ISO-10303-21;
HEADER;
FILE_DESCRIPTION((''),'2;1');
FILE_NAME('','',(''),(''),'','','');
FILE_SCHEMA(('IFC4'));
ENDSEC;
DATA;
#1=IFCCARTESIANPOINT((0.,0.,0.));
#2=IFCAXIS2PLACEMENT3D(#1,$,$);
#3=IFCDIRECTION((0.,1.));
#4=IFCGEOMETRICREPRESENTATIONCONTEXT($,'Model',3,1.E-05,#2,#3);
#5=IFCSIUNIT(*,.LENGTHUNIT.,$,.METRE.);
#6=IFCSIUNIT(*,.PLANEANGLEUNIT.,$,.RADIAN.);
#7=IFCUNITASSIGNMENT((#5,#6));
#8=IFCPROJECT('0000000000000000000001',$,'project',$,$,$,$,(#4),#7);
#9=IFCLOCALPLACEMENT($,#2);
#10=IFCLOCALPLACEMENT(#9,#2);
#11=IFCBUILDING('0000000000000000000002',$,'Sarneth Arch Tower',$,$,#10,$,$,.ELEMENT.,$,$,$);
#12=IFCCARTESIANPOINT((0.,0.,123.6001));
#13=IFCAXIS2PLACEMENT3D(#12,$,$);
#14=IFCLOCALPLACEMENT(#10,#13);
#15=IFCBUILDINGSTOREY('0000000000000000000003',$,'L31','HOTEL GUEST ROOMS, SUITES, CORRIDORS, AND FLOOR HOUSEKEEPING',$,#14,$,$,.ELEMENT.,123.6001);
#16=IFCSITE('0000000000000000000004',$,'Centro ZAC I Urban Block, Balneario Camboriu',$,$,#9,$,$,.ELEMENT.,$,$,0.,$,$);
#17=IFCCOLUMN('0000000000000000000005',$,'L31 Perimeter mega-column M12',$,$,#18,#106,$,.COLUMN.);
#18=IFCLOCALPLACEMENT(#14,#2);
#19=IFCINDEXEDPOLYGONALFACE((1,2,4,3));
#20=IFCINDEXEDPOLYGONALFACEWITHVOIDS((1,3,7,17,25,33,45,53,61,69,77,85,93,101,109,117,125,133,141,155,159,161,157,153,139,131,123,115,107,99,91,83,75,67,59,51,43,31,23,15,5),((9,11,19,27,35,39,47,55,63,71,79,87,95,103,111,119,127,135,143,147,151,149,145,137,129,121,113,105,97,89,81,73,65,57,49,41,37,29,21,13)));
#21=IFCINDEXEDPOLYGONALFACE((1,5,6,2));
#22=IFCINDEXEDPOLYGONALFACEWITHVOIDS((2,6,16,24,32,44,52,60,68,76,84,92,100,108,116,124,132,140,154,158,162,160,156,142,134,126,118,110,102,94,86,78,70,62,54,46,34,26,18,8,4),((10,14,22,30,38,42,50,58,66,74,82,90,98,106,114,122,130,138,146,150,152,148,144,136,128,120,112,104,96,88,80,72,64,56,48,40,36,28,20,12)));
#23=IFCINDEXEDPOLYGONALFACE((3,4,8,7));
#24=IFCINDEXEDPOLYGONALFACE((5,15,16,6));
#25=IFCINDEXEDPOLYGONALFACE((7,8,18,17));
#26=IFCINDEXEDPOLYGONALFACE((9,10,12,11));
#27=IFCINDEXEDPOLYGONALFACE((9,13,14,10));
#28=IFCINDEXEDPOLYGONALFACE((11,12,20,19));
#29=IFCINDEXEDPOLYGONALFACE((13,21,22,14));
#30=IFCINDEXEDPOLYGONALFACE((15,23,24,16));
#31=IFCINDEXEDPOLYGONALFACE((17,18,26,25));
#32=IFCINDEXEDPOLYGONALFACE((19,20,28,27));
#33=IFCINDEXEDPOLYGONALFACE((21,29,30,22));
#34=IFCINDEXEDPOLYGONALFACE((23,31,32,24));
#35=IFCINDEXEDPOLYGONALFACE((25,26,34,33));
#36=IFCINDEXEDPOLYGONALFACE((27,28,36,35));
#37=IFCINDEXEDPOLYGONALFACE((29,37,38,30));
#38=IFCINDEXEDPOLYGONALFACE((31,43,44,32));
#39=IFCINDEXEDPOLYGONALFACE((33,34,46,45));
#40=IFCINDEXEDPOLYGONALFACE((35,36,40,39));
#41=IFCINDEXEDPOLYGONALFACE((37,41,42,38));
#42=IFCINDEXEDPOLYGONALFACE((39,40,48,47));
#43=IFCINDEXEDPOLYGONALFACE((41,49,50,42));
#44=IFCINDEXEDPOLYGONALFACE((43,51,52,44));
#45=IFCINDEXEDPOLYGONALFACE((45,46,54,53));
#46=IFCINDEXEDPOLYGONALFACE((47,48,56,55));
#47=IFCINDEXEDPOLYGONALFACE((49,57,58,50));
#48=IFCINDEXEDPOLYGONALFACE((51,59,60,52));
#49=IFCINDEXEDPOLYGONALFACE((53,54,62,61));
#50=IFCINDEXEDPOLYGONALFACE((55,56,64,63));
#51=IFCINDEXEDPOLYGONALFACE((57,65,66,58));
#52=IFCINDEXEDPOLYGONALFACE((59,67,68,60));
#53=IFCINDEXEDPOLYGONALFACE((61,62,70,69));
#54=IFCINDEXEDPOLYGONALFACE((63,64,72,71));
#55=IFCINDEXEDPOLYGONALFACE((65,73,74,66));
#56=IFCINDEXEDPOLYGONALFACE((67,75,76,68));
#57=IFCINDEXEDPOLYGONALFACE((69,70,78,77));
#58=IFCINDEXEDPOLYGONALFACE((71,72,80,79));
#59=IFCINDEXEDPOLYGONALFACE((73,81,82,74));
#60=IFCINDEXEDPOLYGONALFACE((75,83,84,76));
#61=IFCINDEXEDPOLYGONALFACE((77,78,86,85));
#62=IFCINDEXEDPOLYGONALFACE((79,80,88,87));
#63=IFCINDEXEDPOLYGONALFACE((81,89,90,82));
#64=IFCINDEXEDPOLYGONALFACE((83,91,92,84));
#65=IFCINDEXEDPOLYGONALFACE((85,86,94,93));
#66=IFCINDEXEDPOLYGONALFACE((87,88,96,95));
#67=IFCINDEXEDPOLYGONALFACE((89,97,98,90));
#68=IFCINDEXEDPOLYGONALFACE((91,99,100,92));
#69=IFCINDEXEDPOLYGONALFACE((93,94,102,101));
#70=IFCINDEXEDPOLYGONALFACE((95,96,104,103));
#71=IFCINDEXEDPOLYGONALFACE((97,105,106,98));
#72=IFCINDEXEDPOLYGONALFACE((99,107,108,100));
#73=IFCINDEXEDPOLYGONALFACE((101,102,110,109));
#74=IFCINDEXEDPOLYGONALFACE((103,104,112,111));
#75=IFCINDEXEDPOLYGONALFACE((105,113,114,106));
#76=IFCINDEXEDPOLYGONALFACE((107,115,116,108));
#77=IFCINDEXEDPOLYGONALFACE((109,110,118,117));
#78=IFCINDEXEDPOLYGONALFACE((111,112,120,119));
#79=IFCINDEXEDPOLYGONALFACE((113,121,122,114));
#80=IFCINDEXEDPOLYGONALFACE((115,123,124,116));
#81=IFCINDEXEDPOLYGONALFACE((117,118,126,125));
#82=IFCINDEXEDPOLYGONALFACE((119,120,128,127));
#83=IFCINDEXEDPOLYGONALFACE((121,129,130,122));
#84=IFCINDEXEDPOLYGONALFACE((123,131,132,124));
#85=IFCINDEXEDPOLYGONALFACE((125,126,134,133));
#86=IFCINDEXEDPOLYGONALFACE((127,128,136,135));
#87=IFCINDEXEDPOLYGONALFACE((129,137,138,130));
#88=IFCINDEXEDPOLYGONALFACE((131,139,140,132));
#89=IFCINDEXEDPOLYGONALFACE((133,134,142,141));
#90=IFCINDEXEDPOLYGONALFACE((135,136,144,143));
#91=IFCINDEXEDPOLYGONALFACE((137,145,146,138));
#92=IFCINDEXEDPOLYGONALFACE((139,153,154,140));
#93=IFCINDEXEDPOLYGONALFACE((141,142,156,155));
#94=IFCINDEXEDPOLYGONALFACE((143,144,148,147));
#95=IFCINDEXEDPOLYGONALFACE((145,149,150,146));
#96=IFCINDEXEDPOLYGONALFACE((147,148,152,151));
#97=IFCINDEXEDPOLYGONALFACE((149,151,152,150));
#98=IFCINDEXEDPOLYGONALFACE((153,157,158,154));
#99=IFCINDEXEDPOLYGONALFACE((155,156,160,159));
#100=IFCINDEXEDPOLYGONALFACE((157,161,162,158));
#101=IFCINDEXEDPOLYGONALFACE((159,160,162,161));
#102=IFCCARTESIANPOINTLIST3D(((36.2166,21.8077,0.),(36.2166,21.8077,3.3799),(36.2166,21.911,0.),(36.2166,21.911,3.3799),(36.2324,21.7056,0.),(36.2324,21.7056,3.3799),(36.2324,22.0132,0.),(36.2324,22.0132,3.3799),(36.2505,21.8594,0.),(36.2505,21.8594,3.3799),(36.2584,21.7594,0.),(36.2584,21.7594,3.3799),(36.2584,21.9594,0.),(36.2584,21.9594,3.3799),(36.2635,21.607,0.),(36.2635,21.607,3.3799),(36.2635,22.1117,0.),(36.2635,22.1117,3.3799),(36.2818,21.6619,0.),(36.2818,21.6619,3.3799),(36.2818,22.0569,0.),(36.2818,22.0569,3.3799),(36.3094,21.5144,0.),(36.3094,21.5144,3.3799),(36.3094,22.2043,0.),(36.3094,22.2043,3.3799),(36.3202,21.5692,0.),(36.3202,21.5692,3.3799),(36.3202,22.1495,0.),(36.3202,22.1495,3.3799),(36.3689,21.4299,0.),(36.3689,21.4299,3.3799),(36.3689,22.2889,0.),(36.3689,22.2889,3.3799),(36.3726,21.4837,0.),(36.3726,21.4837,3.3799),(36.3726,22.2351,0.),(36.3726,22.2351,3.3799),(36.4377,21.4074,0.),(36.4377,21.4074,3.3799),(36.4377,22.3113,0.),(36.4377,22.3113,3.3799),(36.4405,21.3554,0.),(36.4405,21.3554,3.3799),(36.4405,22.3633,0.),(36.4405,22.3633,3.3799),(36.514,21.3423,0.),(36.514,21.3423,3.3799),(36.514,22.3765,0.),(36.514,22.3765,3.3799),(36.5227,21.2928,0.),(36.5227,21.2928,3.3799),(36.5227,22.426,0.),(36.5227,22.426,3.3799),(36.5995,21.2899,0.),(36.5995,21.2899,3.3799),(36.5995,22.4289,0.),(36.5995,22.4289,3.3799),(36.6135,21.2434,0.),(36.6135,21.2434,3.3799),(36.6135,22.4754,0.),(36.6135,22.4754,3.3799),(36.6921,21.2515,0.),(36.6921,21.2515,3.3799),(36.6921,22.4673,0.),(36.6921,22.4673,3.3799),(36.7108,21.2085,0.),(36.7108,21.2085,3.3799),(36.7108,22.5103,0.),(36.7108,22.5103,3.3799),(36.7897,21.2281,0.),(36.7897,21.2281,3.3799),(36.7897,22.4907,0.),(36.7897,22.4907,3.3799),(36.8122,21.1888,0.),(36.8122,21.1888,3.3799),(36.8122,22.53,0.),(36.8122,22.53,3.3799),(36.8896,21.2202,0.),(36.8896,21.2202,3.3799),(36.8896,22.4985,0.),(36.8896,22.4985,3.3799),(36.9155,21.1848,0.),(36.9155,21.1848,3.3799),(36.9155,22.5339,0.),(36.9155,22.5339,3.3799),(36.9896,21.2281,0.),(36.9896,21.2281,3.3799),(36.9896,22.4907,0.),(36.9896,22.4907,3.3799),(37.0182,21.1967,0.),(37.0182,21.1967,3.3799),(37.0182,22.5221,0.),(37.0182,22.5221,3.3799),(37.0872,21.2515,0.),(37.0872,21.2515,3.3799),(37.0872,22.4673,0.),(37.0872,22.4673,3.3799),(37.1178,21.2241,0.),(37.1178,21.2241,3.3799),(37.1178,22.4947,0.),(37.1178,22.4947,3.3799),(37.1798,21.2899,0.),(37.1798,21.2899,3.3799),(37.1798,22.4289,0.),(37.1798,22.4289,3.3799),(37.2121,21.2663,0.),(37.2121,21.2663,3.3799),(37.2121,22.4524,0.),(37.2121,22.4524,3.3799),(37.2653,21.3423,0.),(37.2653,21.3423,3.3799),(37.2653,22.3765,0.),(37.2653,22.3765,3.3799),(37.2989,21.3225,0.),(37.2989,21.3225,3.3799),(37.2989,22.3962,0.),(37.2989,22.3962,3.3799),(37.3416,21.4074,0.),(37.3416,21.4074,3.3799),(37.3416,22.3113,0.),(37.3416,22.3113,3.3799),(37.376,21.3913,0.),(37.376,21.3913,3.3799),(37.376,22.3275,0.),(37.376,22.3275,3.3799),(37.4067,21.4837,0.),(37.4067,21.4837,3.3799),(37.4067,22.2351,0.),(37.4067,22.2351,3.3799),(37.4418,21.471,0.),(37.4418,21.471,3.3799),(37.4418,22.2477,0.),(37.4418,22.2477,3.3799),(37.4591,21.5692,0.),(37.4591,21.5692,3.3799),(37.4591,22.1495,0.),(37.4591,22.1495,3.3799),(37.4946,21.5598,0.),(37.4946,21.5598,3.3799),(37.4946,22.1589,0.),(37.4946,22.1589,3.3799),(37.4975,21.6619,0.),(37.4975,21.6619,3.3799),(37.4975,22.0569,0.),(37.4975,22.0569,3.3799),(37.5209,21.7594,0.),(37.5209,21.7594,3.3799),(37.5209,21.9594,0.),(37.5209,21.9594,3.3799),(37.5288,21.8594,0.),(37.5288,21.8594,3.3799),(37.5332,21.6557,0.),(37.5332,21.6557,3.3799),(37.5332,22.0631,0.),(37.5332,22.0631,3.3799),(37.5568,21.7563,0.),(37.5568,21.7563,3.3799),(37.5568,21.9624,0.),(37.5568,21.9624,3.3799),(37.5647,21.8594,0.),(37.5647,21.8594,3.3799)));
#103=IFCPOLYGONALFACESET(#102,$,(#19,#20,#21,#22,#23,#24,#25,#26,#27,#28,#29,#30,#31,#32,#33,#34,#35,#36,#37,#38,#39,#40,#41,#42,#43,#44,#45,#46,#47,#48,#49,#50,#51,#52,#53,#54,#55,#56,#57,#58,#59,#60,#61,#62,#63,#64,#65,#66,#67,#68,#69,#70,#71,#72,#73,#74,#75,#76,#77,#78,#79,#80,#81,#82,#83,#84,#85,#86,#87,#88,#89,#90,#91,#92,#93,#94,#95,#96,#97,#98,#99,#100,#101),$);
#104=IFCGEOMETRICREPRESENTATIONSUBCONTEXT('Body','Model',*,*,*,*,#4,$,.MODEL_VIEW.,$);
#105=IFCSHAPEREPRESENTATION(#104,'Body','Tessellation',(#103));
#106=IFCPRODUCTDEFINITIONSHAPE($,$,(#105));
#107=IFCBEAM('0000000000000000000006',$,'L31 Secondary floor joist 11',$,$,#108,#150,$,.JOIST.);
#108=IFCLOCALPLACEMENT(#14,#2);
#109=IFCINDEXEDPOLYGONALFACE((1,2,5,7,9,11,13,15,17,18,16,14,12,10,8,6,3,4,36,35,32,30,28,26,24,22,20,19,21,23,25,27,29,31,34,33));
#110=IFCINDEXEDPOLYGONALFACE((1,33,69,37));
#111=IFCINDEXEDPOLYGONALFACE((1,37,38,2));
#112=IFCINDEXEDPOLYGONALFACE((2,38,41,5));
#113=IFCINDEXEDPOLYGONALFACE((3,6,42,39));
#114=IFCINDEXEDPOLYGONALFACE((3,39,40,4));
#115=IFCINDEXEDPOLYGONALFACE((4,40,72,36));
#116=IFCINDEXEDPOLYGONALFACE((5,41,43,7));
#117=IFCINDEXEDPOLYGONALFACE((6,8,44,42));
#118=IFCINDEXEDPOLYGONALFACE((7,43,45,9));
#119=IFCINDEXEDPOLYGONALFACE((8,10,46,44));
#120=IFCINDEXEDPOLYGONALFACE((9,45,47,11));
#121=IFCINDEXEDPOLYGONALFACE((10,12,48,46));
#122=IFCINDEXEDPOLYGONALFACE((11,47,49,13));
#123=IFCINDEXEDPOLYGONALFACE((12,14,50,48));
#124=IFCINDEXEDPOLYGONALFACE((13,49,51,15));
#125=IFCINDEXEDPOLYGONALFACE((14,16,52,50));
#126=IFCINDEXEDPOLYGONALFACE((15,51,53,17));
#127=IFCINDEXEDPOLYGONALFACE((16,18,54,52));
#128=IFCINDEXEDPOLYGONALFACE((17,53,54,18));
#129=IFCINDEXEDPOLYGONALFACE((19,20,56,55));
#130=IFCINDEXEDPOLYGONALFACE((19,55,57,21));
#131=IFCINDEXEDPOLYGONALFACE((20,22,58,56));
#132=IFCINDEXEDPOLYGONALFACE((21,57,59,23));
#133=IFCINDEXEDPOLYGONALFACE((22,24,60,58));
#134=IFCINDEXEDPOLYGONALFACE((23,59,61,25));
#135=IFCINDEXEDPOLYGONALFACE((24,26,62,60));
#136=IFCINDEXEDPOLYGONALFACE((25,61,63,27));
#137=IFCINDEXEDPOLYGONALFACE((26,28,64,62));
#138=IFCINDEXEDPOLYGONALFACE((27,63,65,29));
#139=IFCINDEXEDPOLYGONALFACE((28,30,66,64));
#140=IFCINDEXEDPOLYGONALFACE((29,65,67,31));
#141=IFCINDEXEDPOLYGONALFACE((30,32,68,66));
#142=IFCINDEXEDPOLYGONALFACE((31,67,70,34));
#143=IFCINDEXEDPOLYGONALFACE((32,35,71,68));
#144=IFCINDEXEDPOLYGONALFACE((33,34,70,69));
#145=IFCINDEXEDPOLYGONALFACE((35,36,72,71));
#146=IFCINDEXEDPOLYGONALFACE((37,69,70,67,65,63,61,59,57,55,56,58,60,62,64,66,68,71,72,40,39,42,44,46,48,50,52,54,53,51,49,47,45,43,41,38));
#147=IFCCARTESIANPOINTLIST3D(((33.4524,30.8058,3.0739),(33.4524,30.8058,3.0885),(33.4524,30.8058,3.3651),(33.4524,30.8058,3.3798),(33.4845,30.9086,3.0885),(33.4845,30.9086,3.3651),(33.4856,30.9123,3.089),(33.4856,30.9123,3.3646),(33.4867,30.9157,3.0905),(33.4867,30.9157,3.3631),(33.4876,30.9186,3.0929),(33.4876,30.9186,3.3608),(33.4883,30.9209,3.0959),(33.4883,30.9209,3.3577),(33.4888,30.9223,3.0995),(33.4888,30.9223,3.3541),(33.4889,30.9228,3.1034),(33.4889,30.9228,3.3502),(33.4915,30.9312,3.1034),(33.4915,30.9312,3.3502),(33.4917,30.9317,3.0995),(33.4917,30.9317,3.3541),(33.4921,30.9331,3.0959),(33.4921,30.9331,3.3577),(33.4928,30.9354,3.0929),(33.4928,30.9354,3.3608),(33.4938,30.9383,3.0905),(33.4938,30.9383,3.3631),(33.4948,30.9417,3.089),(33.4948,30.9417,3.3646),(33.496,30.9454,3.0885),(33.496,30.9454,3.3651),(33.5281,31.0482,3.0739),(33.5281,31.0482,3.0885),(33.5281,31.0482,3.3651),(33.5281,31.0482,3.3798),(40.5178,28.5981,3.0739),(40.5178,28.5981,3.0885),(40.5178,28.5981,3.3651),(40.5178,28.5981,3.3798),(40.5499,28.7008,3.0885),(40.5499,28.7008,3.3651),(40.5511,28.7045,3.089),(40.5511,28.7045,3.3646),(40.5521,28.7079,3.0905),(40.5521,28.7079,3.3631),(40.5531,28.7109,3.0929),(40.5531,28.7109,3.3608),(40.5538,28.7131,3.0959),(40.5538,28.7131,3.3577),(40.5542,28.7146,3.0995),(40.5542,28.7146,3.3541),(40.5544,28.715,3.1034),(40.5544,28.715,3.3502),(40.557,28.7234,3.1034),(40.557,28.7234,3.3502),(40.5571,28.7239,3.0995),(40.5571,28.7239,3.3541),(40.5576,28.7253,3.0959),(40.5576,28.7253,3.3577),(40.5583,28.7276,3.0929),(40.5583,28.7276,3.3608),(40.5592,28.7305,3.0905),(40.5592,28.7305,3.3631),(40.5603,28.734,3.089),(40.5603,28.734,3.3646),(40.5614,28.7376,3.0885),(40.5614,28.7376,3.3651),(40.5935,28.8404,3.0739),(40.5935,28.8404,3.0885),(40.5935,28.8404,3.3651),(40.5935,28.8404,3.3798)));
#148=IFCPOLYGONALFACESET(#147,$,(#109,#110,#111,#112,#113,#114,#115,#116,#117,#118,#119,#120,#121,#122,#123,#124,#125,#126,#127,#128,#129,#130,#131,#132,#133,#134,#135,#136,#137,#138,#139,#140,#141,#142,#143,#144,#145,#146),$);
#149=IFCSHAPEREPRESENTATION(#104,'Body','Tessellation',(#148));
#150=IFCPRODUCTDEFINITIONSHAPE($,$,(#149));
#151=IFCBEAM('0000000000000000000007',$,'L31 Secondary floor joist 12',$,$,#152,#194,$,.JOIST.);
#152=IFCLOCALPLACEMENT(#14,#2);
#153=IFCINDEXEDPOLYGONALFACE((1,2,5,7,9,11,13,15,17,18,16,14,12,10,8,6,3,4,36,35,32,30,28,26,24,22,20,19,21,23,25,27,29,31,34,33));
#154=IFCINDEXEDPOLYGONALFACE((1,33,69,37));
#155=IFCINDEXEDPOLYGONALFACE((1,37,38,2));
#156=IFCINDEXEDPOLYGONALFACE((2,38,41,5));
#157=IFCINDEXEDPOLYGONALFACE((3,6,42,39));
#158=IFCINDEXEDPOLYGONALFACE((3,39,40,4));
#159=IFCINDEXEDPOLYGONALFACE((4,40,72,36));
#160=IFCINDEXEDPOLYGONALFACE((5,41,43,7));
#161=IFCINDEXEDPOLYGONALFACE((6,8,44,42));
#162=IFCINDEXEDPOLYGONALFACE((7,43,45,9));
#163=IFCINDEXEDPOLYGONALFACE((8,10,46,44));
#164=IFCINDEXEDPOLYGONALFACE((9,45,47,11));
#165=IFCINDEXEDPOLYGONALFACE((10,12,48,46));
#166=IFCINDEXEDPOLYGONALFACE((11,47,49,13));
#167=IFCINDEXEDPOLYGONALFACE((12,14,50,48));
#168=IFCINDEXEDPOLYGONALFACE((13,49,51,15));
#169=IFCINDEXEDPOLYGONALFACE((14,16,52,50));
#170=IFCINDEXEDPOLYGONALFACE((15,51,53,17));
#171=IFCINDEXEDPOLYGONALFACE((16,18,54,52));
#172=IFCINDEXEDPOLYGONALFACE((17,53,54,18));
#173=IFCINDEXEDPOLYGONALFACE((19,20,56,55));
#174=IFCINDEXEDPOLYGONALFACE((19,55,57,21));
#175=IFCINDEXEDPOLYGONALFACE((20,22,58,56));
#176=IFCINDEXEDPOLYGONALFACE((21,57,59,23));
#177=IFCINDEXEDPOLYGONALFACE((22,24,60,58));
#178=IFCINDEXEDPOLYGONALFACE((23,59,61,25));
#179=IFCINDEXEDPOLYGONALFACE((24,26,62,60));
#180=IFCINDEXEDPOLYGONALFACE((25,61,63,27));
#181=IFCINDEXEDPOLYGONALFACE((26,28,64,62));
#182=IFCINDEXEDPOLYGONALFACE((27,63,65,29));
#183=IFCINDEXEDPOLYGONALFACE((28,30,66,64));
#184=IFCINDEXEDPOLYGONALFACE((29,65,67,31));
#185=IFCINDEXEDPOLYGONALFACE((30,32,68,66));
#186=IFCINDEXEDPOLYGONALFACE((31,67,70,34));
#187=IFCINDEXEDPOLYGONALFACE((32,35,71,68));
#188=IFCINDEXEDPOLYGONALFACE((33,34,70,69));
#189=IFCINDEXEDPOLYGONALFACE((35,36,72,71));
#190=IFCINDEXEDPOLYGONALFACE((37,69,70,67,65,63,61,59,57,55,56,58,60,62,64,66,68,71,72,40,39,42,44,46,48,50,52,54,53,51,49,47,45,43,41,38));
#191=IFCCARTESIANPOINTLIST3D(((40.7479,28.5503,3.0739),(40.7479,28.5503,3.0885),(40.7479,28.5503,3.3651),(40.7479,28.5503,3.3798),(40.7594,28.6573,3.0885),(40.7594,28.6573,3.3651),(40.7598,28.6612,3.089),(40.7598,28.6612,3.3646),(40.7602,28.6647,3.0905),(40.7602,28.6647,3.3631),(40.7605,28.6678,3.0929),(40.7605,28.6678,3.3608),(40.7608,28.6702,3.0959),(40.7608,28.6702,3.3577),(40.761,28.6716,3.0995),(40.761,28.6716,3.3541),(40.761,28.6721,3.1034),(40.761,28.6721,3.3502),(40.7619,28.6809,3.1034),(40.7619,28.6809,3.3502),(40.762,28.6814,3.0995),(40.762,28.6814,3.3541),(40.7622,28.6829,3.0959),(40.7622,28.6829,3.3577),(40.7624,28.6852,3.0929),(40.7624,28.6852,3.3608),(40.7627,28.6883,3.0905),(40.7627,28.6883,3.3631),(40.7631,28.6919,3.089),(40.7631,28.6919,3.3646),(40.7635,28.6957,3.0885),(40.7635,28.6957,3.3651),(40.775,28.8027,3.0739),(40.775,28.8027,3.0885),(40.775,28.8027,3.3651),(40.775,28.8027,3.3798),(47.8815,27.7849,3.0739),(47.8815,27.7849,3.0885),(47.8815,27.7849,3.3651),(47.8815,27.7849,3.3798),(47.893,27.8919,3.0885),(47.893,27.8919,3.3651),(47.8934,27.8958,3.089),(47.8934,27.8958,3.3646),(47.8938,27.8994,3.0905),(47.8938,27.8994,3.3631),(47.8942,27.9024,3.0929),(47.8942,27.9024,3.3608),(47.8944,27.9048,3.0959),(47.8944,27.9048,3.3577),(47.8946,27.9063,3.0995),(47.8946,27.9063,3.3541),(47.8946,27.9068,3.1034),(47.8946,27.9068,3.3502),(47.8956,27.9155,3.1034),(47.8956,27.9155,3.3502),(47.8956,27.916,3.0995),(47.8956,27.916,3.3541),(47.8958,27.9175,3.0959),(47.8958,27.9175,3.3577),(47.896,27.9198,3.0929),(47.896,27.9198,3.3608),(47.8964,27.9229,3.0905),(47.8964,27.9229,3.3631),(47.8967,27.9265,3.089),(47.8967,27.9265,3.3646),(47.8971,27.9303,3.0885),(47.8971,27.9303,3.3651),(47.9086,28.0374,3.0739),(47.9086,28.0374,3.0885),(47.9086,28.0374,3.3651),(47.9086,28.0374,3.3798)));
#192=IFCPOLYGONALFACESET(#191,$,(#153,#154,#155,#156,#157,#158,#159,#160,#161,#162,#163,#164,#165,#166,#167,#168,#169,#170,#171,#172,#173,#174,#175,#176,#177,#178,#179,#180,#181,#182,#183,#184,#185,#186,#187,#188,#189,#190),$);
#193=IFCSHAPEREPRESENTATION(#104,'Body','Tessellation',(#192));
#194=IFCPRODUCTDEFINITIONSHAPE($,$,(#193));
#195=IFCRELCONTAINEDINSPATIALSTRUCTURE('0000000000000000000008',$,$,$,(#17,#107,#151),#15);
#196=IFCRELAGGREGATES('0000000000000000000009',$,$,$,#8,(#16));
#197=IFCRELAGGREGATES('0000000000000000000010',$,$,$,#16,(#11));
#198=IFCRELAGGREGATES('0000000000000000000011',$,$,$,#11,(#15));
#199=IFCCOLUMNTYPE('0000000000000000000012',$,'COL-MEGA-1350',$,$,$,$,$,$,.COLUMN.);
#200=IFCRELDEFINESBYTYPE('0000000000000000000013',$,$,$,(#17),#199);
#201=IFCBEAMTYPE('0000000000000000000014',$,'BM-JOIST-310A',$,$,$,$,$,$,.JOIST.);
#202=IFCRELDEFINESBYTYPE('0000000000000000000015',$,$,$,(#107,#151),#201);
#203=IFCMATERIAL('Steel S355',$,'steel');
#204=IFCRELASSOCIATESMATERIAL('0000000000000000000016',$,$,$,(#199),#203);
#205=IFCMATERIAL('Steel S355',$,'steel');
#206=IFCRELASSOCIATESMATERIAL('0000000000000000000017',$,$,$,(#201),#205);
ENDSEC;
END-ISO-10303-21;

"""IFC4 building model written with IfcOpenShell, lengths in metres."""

from ifc_helpers import new_model, si_unit, direction, frame, origin, origin_2d, place, context, subcontext, project, spatial, hollow_circle, i_section, extrude, material, material_profile, profile_set, type_object, element, save


model = new_model("IFC4")

# Units and contexts
model_context = context("Model", 3, precision=1e-05, world=origin(), true_north=direction((0.0, 1.0)))
body_context = subcontext(model_context, "Body", "Model", "MODEL_VIEW")
ifc_project = project(units=[si_unit("LENGTHUNIT", "METRE"), si_unit("PLANEANGLEUNIT", "RADIAN")], contexts=[model_context])

# Site, building, storey
site_placement = place(None, origin())
site = spatial("IfcSite", under=ifc_project, at=site_placement, Name="Centro ZAC I Urban Block, Balneario Camboriu", CompositionType="ELEMENT", RefElevation=0.0)
building_placement = place(site_placement, origin())
building = spatial("IfcBuilding", under=site, at=building_placement, Name="Sarneth Arch Tower", CompositionType="ELEMENT")
storey_placement = place(building_placement, frame((0.0, 0.0, 123.6001)))
storey = spatial("IfcBuildingStorey", under=building, at=storey_placement, Name="L31", Description="HOTEL GUEST ROOMS, SUITES, CORRIDORS, AND FLOOR HOUSEKEEPING", CompositionType="ELEMENT", Elevation=123.6001)

# Column
ifc_material_1 = material(Name="Steel S355", Category="steel")
ifc_material_profile_1 = material_profile(ifc_material_1, hollow_circle(Radius=0.675, WallThickness=0.0359, at=origin_2d()), Name="CHS1350x36")
ifc_profile_set_1 = profile_set([ifc_material_profile_1], Name="Steel S355")
column_type = type_object("IfcColumnType", Name="COL-MEGA-1350", PredefinedType="COLUMN", material=ifc_profile_set_1)
column_placement = place(storey_placement, frame((36.8896, 21.8594, 0.0), z_axis=(0.0, 0.0, 1.0), x_axis=(1.0, 0.0, 0.0)))
element("IfcColumn", 1, at=column_placement, inside=storey, type_object=column_type, Name="L31 Perimeter mega-column M12", PredefinedType="COLUMN", context=body_context, shape_type="SweptSolid", body=[
    extrude(hollow_circle(Radius=0.675, WallThickness=0.0359, at=origin_2d()), origin(), (0.0, 0.0, 1.0), 3.3799),
])

# Beams
ifc_material_2 = material(Name="Steel S355", Category="steel")
ifc_material_profile_2 = material_profile(ifc_material_2, i_section(OverallWidth=0.2539, OverallDepth=0.3059, WebThickness=0.0088, FlangeThickness=0.0146, FilletRadius=0.0149, at=origin_2d()), Name="W310x79")
ifc_profile_set_2 = profile_set([ifc_material_profile_2], Name="Steel S355")
beam_type_1 = type_object("IfcBeamType", Name="BM-JOIST-310A", PredefinedType="JOIST", material=ifc_profile_set_2)
beam_1_placement = place(storey_placement, frame((33.4902, 30.927, 3.2268), z_axis=(0.954487, -0.298252, 0.0), x_axis=(0.298252, 0.954487, 0.0)))
element("IfcBeam", 2, at=beam_1_placement, inside=storey, type_object=beam_type_1, Name="L31 Secondary floor joist 11", PredefinedType="JOIST", context=body_context, shape_type="SweptSolid", body=[
    extrude(i_section(OverallWidth=0.2539, OverallDepth=0.3059, WebThickness=0.0088, FlangeThickness=0.0146, FilletRadius=0.0149, at=origin_2d()), origin(), (0.0, 0.0, 1.0), 7.4023),
])
beam_2_placement = place(storey_placement, frame((40.7615, 28.6765, 3.2268), z_axis=(0.994293, -0.106681, 0.0), x_axis=(0.106681, 0.994293, 0.0)))
element("IfcBeam", 3, at=beam_2_placement, inside=storey, type_object=beam_type_1, Name="L31 Secondary floor joist 12", PredefinedType="JOIST", context=body_context, shape_type="SweptSolid", body=[
    extrude(i_section(OverallWidth=0.2539, OverallDepth=0.3059, WebThickness=0.0088, FlangeThickness=0.0146, FilletRadius=0.0149, at=origin_2d()), origin(), (0.0, 0.0, 1.0), 7.1746),
])

save(model, "model.ifc")
